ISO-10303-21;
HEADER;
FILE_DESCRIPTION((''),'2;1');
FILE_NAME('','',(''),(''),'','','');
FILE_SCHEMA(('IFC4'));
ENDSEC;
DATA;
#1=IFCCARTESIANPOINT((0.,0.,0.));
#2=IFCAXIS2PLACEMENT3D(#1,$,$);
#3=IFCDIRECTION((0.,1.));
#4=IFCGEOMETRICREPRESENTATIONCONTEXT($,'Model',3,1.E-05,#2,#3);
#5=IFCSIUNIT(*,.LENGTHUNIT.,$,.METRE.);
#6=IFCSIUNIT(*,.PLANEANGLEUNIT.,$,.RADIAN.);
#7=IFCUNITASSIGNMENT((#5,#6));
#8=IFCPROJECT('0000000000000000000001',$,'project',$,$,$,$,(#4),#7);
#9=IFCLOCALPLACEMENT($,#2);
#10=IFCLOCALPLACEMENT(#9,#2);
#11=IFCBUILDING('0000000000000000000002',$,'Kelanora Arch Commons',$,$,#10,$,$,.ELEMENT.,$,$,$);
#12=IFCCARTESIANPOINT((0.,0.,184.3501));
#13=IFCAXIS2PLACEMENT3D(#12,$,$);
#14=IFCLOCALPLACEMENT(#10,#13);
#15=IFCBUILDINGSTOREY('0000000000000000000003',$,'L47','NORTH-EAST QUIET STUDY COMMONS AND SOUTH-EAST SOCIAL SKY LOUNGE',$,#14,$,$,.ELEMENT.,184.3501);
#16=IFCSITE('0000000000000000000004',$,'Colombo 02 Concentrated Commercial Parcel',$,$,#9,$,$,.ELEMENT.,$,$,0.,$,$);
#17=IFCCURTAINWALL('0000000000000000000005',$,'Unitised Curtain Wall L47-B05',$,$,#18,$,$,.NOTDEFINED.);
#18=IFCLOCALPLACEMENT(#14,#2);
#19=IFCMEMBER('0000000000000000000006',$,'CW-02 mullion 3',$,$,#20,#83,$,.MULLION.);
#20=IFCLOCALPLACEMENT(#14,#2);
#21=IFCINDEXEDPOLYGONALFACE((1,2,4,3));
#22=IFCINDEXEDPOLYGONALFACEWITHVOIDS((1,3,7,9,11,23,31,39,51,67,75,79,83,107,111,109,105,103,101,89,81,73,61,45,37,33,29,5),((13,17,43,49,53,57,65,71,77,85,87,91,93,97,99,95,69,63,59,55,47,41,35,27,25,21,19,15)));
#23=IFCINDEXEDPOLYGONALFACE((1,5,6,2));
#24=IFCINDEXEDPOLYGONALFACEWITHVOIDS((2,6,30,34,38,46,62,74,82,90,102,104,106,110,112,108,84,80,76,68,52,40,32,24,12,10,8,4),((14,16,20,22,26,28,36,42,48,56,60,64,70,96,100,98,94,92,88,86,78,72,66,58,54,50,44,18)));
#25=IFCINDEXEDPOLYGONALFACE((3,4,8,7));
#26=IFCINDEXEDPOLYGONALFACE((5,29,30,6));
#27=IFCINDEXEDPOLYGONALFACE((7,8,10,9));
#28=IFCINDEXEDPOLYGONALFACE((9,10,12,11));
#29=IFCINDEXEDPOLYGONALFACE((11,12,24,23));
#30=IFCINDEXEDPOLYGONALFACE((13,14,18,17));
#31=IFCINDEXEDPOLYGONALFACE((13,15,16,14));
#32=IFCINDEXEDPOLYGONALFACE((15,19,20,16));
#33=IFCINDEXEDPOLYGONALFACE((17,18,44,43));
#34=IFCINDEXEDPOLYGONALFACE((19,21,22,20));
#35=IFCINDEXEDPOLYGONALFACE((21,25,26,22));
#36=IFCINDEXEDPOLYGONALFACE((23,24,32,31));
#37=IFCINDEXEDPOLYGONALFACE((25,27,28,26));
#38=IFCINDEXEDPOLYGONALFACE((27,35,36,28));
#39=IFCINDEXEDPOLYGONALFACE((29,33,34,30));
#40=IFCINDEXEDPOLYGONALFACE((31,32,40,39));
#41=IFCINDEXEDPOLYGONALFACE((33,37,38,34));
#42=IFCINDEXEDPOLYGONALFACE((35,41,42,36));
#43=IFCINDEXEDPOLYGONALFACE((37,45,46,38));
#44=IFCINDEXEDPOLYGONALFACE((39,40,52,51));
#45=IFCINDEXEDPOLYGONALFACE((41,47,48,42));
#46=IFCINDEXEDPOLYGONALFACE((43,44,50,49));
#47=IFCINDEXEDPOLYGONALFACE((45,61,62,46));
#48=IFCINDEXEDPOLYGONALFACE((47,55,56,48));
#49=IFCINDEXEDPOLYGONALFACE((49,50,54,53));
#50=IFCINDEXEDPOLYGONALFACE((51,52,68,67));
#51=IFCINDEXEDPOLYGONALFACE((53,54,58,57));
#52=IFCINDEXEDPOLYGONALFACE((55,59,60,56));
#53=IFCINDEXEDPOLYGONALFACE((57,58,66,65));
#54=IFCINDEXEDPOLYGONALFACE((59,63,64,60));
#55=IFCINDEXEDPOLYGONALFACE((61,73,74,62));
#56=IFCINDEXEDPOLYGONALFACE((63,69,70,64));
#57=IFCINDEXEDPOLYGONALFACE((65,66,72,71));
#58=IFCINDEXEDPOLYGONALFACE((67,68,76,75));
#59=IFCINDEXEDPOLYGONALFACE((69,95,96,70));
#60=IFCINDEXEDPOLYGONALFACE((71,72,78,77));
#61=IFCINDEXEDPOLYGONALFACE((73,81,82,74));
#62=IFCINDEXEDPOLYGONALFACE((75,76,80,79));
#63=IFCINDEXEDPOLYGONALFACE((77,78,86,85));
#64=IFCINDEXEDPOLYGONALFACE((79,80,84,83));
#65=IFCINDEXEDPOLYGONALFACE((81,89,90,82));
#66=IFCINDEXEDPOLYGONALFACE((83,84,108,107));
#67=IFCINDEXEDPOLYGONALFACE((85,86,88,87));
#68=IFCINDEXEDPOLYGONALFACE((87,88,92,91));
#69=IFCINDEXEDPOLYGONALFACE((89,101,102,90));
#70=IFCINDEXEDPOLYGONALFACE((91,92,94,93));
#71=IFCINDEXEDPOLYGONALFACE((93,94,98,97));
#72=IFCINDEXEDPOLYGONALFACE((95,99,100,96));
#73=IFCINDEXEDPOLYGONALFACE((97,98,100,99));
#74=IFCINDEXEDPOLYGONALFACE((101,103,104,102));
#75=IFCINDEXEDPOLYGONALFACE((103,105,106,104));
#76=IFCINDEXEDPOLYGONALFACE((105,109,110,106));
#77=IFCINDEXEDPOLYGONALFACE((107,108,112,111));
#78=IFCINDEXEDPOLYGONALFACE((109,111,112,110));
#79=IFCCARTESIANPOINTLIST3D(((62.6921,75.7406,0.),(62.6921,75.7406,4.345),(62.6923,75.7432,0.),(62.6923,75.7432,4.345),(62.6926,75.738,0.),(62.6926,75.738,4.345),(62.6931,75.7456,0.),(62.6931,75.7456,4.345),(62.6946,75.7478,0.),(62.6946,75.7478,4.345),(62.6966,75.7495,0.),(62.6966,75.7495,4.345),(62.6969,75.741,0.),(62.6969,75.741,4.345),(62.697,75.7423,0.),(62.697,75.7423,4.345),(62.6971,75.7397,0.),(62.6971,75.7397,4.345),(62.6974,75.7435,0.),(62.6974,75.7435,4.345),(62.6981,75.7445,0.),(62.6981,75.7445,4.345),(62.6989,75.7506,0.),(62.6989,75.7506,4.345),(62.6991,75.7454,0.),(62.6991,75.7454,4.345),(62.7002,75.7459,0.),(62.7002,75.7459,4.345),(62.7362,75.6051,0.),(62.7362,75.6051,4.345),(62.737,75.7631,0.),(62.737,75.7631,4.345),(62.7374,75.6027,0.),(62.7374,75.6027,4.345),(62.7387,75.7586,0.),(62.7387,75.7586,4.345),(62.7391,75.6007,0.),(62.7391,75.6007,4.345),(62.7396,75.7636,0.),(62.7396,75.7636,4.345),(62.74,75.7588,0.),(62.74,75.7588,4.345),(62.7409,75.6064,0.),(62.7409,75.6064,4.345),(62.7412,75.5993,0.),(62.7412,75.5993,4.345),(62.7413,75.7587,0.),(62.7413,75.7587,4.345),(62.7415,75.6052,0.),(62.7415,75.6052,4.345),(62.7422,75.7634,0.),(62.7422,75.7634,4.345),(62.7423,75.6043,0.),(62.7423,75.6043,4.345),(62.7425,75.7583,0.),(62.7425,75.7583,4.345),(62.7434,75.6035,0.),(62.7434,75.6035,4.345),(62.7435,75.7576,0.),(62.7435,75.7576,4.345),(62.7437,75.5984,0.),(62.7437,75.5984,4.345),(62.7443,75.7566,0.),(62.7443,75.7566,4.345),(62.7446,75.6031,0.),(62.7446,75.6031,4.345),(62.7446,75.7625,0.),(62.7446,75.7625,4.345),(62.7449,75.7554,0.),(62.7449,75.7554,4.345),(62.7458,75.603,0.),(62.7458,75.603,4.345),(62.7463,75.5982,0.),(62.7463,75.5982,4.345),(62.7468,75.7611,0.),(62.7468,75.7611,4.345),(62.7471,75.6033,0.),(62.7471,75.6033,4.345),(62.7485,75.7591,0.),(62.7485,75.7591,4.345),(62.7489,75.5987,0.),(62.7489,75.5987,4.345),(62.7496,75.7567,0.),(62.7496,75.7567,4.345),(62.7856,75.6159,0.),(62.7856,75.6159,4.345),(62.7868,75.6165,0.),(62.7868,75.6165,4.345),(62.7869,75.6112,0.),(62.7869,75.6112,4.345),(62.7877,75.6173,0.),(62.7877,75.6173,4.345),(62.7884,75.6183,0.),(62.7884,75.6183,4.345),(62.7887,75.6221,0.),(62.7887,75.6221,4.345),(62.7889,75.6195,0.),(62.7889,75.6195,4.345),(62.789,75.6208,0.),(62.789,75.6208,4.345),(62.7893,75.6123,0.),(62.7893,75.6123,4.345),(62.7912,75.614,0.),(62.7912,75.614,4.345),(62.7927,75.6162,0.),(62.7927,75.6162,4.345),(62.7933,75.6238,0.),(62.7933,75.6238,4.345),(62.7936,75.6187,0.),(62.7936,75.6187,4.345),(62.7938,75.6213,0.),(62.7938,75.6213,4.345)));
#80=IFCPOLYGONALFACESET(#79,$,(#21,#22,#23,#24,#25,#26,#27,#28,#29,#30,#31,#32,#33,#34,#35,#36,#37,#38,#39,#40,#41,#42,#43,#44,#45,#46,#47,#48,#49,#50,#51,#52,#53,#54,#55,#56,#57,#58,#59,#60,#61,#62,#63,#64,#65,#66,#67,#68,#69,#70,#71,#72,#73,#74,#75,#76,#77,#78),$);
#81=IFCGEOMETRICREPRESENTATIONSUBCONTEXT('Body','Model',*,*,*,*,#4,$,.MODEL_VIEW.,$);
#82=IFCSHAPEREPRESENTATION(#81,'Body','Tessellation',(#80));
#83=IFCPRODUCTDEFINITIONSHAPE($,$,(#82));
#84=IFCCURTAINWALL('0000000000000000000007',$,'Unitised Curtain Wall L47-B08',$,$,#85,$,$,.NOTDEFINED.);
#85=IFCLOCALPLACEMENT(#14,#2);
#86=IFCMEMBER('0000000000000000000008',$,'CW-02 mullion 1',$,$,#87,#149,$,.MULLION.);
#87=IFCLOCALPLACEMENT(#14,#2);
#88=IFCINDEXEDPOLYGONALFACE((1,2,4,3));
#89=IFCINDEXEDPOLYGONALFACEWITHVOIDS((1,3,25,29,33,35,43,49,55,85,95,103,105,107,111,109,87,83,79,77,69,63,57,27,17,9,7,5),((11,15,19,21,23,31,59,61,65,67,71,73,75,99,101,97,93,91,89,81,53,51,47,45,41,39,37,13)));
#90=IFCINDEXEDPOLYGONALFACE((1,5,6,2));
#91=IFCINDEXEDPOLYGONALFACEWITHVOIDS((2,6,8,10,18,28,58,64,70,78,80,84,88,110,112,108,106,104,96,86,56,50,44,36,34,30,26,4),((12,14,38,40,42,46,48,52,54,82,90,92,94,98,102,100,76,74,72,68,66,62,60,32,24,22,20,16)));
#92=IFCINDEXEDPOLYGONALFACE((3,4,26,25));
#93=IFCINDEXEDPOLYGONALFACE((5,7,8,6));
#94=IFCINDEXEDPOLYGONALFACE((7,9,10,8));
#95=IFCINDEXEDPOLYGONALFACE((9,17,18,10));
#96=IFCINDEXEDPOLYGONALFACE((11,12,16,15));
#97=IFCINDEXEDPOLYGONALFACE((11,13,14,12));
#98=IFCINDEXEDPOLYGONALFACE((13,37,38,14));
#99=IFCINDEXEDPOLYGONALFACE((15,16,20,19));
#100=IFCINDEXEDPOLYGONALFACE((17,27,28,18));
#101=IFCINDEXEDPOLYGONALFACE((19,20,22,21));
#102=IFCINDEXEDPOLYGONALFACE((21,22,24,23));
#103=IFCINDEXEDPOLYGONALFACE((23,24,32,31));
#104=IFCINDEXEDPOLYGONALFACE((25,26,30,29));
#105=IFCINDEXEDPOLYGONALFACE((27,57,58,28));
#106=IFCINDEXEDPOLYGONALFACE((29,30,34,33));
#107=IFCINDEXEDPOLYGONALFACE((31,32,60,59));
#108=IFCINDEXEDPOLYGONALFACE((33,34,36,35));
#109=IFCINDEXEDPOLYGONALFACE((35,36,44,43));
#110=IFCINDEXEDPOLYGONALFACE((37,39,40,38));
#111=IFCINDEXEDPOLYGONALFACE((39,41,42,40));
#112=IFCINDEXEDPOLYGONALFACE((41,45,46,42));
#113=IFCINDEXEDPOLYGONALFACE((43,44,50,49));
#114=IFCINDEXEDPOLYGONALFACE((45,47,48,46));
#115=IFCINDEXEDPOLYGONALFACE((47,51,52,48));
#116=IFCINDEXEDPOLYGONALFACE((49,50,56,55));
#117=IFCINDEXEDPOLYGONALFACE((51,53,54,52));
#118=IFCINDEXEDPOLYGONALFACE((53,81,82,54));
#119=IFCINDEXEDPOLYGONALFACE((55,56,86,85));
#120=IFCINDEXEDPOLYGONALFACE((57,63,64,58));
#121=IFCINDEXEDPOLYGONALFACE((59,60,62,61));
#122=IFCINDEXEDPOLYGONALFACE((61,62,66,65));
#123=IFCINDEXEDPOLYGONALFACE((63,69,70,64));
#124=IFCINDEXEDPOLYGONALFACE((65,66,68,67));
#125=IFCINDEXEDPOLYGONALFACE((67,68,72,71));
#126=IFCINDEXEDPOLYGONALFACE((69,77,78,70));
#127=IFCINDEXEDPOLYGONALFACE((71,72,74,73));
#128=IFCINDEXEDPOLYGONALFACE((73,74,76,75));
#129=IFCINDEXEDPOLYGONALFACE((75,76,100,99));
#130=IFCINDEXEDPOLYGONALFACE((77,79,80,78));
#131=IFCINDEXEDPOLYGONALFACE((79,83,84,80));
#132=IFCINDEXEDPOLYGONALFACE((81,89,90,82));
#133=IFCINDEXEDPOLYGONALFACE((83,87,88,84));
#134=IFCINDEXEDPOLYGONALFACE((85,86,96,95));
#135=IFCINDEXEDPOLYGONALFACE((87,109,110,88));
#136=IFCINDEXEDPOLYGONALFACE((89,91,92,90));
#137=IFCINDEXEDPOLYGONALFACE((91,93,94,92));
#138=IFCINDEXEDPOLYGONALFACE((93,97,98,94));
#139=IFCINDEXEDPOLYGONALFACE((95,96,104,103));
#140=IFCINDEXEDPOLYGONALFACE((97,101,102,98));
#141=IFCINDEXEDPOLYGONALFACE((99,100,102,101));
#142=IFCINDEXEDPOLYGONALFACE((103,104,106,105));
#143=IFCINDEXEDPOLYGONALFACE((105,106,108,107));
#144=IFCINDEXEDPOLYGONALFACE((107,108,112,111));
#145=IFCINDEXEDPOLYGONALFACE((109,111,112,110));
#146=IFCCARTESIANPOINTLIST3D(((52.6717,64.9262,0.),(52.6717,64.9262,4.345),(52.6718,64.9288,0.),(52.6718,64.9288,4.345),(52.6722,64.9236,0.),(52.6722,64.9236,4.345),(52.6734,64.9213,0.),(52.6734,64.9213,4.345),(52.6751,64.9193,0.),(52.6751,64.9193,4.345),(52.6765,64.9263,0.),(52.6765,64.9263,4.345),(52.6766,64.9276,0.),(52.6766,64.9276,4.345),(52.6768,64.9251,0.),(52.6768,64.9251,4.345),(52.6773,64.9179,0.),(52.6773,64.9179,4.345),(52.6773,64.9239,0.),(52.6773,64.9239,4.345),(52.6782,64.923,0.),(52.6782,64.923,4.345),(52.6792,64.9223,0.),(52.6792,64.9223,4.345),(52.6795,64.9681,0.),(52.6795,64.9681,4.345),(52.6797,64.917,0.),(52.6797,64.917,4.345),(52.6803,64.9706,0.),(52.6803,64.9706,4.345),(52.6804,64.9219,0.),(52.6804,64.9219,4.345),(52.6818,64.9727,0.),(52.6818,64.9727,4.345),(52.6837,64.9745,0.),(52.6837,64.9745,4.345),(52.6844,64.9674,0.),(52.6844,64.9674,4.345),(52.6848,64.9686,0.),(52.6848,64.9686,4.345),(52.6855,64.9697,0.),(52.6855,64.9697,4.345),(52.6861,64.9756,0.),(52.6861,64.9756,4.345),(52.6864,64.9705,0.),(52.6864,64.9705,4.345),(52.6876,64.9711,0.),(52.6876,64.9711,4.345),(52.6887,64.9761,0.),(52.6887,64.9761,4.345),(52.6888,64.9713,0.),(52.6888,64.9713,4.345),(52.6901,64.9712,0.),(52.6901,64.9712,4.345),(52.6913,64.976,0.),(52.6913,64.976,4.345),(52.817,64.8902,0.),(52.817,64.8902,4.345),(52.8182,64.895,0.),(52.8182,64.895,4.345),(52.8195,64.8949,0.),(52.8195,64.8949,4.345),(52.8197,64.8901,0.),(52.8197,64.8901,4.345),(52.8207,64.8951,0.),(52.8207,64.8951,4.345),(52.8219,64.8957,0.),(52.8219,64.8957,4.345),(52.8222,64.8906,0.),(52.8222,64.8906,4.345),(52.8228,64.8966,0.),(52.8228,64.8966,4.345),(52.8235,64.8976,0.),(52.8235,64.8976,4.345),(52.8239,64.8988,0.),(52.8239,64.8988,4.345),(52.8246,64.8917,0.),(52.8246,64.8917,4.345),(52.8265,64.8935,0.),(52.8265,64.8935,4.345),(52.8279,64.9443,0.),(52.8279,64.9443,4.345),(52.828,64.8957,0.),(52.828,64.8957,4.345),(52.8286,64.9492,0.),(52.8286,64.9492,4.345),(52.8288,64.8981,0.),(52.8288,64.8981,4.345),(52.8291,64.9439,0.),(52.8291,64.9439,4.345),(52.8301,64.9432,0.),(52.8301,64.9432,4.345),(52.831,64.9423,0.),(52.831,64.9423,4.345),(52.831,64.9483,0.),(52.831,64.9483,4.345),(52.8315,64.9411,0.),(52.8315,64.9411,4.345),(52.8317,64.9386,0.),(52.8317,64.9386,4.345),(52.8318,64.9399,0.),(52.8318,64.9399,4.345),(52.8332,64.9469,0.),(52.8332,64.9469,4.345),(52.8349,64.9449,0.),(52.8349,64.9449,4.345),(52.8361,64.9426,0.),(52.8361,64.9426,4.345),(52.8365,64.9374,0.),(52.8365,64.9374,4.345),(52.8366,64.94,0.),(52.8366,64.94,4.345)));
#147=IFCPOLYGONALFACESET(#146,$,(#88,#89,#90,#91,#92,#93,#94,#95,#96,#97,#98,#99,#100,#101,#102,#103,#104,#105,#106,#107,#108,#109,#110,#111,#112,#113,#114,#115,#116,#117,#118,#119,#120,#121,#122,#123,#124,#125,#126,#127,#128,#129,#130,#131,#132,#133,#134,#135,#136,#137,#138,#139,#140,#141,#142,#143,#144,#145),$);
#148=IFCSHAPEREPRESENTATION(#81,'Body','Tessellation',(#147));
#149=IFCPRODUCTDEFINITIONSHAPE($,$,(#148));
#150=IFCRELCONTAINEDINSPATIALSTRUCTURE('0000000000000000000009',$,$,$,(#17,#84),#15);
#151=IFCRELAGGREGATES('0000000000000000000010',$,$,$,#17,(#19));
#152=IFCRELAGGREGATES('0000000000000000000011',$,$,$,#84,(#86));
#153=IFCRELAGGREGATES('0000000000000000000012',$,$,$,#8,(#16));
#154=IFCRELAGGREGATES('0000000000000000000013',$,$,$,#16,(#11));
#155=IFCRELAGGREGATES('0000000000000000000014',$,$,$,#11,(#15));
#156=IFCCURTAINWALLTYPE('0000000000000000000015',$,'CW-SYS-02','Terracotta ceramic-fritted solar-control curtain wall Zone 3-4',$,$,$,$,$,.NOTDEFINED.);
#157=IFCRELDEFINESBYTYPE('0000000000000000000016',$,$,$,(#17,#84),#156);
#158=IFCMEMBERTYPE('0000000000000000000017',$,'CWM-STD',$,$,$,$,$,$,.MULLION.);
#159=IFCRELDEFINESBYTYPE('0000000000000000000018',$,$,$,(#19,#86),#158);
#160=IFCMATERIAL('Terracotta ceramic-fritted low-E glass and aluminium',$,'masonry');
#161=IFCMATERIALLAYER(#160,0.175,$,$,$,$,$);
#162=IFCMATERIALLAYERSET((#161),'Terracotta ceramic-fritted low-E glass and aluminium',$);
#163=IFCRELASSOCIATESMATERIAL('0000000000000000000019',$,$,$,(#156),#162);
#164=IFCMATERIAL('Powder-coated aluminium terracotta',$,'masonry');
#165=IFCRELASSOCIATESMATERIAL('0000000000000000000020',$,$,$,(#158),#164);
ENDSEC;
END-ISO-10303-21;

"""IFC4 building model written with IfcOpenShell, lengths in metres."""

from ifc_helpers import new_model, si_unit, direction, frame, origin, origin_2d, place, context, subcontext, project, spatial, hollow_rectangle, extrude, material, layer, layer_set, material_profile, profile_set, type_object, element, aggregate, save


model = new_model("IFC4")

# Units and contexts
model_context = context("Model", 3, precision=1e-05, world=origin(), true_north=direction((0.0, 1.0)))
body_context = subcontext(model_context, "Body", "Model", "MODEL_VIEW")
ifc_project = project(units=[si_unit("LENGTHUNIT", "METRE"), si_unit("PLANEANGLEUNIT", "RADIAN")], contexts=[model_context])

# Site, building, storey
site_placement = place(None, origin())
site = spatial("IfcSite", under=ifc_project, at=site_placement, Name="Colombo 02 Concentrated Commercial Parcel", CompositionType="ELEMENT", RefElevation=0.0)
building_placement = place(site_placement, origin())
building = spatial("IfcBuilding", under=site, at=building_placement, Name="Kelanora Arch Commons", CompositionType="ELEMENT")
storey_placement = place(building_placement, frame((0.0, 0.0, 184.3501)))
storey = spatial("IfcBuildingStorey", under=building, at=storey_placement, Name="L47", Description="NORTH-EAST QUIET STUDY COMMONS AND SOUTH-EAST SOCIAL SKY LOUNGE", CompositionType="ELEMENT", Elevation=184.3501)

# Curtain wall, member
ifc_material_1 = material(Name="Terracotta ceramic-fritted low-E glass and aluminium", Category="masonry")
ifc_layer_1 = layer(ifc_material_1, 0.175)
ifc_layer_set_1 = layer_set([ifc_layer_1], Name="Terracotta ceramic-fritted low-E glass and aluminium")
curtain_wall_type = type_object("IfcCurtainWallType", Name="CW-SYS-02", Description="Terracotta ceramic-fritted solar-control curtain wall Zone 3-4", PredefinedType="NOTDEFINED", material=ifc_layer_set_1)
curtain_wall_1_placement = place(storey_placement, origin())
curtain_wall_1 = element("IfcCurtainWall", 1, at=curtain_wall_1_placement, inside=storey, type_object=curtain_wall_type, Name="Unitised Curtain Wall L47-B05", PredefinedType="NOTDEFINED")
ifc_material_2 = material(Name="Powder-coated aluminium terracotta", Category="masonry")
ifc_material_profile_1 = material_profile(ifc_material_2, hollow_rectangle(XDim=0.1599, YDim=0.0601, WallThickness=0.0049, InnerFilletRadius=0.0049, OuterFilletRadius=0.01, at=origin_2d()), Name="CWM160x60")
ifc_profile_set_1 = profile_set([ifc_material_profile_1], Name="Powder-coated aluminium terracotta")
member_type_1 = type_object("IfcMemberType", Name="CWM-STD", PredefinedType="MULLION", material=ifc_profile_set_1)
member_1_placement = place(storey_placement, frame((62.7429, 75.6809, 0.0), z_axis=(0.0, 0.0, 1.0), x_axis=(0.312128, -0.95004, 0.0)))
member_1 = element("IfcMember", 2, at=member_1_placement, type_object=member_type_1, Name="CW-02 mullion 3", PredefinedType="MULLION", context=body_context, shape_type="SweptSolid", body=[
    extrude(hollow_rectangle(XDim=0.1599, YDim=0.0601, WallThickness=0.0049, InnerFilletRadius=0.0049, OuterFilletRadius=0.01, at=origin_2d()), origin(), (0.0, 0.0, 1.0), 4.345),
])
aggregate(curtain_wall_1, [member_1])

# Curtain wall, member
curtain_wall_2_placement = place(storey_placement, origin())
curtain_wall_2 = element("IfcCurtainWall", 3, at=curtain_wall_2_placement, inside=storey, type_object=curtain_wall_type, Name="Unitised Curtain Wall L47-B08", PredefinedType="NOTDEFINED")
member_2_placement = place(storey_placement, frame((52.7542, 64.9331, 0.0), z_axis=(0.0, 0.0, 1.0), x_axis=(0.981453, -0.191705, 0.0)))
member_2 = element("IfcMember", 4, at=member_2_placement, type_object=member_type_1, Name="CW-02 mullion 1", PredefinedType="MULLION", context=body_context, shape_type="SweptSolid", body=[
    extrude(hollow_rectangle(XDim=0.1599, YDim=0.0601, WallThickness=0.0049, InnerFilletRadius=0.0049, OuterFilletRadius=0.01, at=origin_2d()), origin(), (0.0, 0.0, 1.0), 4.345),
])
aggregate(curtain_wall_2, [member_2])

save(model, "model.ifc")
